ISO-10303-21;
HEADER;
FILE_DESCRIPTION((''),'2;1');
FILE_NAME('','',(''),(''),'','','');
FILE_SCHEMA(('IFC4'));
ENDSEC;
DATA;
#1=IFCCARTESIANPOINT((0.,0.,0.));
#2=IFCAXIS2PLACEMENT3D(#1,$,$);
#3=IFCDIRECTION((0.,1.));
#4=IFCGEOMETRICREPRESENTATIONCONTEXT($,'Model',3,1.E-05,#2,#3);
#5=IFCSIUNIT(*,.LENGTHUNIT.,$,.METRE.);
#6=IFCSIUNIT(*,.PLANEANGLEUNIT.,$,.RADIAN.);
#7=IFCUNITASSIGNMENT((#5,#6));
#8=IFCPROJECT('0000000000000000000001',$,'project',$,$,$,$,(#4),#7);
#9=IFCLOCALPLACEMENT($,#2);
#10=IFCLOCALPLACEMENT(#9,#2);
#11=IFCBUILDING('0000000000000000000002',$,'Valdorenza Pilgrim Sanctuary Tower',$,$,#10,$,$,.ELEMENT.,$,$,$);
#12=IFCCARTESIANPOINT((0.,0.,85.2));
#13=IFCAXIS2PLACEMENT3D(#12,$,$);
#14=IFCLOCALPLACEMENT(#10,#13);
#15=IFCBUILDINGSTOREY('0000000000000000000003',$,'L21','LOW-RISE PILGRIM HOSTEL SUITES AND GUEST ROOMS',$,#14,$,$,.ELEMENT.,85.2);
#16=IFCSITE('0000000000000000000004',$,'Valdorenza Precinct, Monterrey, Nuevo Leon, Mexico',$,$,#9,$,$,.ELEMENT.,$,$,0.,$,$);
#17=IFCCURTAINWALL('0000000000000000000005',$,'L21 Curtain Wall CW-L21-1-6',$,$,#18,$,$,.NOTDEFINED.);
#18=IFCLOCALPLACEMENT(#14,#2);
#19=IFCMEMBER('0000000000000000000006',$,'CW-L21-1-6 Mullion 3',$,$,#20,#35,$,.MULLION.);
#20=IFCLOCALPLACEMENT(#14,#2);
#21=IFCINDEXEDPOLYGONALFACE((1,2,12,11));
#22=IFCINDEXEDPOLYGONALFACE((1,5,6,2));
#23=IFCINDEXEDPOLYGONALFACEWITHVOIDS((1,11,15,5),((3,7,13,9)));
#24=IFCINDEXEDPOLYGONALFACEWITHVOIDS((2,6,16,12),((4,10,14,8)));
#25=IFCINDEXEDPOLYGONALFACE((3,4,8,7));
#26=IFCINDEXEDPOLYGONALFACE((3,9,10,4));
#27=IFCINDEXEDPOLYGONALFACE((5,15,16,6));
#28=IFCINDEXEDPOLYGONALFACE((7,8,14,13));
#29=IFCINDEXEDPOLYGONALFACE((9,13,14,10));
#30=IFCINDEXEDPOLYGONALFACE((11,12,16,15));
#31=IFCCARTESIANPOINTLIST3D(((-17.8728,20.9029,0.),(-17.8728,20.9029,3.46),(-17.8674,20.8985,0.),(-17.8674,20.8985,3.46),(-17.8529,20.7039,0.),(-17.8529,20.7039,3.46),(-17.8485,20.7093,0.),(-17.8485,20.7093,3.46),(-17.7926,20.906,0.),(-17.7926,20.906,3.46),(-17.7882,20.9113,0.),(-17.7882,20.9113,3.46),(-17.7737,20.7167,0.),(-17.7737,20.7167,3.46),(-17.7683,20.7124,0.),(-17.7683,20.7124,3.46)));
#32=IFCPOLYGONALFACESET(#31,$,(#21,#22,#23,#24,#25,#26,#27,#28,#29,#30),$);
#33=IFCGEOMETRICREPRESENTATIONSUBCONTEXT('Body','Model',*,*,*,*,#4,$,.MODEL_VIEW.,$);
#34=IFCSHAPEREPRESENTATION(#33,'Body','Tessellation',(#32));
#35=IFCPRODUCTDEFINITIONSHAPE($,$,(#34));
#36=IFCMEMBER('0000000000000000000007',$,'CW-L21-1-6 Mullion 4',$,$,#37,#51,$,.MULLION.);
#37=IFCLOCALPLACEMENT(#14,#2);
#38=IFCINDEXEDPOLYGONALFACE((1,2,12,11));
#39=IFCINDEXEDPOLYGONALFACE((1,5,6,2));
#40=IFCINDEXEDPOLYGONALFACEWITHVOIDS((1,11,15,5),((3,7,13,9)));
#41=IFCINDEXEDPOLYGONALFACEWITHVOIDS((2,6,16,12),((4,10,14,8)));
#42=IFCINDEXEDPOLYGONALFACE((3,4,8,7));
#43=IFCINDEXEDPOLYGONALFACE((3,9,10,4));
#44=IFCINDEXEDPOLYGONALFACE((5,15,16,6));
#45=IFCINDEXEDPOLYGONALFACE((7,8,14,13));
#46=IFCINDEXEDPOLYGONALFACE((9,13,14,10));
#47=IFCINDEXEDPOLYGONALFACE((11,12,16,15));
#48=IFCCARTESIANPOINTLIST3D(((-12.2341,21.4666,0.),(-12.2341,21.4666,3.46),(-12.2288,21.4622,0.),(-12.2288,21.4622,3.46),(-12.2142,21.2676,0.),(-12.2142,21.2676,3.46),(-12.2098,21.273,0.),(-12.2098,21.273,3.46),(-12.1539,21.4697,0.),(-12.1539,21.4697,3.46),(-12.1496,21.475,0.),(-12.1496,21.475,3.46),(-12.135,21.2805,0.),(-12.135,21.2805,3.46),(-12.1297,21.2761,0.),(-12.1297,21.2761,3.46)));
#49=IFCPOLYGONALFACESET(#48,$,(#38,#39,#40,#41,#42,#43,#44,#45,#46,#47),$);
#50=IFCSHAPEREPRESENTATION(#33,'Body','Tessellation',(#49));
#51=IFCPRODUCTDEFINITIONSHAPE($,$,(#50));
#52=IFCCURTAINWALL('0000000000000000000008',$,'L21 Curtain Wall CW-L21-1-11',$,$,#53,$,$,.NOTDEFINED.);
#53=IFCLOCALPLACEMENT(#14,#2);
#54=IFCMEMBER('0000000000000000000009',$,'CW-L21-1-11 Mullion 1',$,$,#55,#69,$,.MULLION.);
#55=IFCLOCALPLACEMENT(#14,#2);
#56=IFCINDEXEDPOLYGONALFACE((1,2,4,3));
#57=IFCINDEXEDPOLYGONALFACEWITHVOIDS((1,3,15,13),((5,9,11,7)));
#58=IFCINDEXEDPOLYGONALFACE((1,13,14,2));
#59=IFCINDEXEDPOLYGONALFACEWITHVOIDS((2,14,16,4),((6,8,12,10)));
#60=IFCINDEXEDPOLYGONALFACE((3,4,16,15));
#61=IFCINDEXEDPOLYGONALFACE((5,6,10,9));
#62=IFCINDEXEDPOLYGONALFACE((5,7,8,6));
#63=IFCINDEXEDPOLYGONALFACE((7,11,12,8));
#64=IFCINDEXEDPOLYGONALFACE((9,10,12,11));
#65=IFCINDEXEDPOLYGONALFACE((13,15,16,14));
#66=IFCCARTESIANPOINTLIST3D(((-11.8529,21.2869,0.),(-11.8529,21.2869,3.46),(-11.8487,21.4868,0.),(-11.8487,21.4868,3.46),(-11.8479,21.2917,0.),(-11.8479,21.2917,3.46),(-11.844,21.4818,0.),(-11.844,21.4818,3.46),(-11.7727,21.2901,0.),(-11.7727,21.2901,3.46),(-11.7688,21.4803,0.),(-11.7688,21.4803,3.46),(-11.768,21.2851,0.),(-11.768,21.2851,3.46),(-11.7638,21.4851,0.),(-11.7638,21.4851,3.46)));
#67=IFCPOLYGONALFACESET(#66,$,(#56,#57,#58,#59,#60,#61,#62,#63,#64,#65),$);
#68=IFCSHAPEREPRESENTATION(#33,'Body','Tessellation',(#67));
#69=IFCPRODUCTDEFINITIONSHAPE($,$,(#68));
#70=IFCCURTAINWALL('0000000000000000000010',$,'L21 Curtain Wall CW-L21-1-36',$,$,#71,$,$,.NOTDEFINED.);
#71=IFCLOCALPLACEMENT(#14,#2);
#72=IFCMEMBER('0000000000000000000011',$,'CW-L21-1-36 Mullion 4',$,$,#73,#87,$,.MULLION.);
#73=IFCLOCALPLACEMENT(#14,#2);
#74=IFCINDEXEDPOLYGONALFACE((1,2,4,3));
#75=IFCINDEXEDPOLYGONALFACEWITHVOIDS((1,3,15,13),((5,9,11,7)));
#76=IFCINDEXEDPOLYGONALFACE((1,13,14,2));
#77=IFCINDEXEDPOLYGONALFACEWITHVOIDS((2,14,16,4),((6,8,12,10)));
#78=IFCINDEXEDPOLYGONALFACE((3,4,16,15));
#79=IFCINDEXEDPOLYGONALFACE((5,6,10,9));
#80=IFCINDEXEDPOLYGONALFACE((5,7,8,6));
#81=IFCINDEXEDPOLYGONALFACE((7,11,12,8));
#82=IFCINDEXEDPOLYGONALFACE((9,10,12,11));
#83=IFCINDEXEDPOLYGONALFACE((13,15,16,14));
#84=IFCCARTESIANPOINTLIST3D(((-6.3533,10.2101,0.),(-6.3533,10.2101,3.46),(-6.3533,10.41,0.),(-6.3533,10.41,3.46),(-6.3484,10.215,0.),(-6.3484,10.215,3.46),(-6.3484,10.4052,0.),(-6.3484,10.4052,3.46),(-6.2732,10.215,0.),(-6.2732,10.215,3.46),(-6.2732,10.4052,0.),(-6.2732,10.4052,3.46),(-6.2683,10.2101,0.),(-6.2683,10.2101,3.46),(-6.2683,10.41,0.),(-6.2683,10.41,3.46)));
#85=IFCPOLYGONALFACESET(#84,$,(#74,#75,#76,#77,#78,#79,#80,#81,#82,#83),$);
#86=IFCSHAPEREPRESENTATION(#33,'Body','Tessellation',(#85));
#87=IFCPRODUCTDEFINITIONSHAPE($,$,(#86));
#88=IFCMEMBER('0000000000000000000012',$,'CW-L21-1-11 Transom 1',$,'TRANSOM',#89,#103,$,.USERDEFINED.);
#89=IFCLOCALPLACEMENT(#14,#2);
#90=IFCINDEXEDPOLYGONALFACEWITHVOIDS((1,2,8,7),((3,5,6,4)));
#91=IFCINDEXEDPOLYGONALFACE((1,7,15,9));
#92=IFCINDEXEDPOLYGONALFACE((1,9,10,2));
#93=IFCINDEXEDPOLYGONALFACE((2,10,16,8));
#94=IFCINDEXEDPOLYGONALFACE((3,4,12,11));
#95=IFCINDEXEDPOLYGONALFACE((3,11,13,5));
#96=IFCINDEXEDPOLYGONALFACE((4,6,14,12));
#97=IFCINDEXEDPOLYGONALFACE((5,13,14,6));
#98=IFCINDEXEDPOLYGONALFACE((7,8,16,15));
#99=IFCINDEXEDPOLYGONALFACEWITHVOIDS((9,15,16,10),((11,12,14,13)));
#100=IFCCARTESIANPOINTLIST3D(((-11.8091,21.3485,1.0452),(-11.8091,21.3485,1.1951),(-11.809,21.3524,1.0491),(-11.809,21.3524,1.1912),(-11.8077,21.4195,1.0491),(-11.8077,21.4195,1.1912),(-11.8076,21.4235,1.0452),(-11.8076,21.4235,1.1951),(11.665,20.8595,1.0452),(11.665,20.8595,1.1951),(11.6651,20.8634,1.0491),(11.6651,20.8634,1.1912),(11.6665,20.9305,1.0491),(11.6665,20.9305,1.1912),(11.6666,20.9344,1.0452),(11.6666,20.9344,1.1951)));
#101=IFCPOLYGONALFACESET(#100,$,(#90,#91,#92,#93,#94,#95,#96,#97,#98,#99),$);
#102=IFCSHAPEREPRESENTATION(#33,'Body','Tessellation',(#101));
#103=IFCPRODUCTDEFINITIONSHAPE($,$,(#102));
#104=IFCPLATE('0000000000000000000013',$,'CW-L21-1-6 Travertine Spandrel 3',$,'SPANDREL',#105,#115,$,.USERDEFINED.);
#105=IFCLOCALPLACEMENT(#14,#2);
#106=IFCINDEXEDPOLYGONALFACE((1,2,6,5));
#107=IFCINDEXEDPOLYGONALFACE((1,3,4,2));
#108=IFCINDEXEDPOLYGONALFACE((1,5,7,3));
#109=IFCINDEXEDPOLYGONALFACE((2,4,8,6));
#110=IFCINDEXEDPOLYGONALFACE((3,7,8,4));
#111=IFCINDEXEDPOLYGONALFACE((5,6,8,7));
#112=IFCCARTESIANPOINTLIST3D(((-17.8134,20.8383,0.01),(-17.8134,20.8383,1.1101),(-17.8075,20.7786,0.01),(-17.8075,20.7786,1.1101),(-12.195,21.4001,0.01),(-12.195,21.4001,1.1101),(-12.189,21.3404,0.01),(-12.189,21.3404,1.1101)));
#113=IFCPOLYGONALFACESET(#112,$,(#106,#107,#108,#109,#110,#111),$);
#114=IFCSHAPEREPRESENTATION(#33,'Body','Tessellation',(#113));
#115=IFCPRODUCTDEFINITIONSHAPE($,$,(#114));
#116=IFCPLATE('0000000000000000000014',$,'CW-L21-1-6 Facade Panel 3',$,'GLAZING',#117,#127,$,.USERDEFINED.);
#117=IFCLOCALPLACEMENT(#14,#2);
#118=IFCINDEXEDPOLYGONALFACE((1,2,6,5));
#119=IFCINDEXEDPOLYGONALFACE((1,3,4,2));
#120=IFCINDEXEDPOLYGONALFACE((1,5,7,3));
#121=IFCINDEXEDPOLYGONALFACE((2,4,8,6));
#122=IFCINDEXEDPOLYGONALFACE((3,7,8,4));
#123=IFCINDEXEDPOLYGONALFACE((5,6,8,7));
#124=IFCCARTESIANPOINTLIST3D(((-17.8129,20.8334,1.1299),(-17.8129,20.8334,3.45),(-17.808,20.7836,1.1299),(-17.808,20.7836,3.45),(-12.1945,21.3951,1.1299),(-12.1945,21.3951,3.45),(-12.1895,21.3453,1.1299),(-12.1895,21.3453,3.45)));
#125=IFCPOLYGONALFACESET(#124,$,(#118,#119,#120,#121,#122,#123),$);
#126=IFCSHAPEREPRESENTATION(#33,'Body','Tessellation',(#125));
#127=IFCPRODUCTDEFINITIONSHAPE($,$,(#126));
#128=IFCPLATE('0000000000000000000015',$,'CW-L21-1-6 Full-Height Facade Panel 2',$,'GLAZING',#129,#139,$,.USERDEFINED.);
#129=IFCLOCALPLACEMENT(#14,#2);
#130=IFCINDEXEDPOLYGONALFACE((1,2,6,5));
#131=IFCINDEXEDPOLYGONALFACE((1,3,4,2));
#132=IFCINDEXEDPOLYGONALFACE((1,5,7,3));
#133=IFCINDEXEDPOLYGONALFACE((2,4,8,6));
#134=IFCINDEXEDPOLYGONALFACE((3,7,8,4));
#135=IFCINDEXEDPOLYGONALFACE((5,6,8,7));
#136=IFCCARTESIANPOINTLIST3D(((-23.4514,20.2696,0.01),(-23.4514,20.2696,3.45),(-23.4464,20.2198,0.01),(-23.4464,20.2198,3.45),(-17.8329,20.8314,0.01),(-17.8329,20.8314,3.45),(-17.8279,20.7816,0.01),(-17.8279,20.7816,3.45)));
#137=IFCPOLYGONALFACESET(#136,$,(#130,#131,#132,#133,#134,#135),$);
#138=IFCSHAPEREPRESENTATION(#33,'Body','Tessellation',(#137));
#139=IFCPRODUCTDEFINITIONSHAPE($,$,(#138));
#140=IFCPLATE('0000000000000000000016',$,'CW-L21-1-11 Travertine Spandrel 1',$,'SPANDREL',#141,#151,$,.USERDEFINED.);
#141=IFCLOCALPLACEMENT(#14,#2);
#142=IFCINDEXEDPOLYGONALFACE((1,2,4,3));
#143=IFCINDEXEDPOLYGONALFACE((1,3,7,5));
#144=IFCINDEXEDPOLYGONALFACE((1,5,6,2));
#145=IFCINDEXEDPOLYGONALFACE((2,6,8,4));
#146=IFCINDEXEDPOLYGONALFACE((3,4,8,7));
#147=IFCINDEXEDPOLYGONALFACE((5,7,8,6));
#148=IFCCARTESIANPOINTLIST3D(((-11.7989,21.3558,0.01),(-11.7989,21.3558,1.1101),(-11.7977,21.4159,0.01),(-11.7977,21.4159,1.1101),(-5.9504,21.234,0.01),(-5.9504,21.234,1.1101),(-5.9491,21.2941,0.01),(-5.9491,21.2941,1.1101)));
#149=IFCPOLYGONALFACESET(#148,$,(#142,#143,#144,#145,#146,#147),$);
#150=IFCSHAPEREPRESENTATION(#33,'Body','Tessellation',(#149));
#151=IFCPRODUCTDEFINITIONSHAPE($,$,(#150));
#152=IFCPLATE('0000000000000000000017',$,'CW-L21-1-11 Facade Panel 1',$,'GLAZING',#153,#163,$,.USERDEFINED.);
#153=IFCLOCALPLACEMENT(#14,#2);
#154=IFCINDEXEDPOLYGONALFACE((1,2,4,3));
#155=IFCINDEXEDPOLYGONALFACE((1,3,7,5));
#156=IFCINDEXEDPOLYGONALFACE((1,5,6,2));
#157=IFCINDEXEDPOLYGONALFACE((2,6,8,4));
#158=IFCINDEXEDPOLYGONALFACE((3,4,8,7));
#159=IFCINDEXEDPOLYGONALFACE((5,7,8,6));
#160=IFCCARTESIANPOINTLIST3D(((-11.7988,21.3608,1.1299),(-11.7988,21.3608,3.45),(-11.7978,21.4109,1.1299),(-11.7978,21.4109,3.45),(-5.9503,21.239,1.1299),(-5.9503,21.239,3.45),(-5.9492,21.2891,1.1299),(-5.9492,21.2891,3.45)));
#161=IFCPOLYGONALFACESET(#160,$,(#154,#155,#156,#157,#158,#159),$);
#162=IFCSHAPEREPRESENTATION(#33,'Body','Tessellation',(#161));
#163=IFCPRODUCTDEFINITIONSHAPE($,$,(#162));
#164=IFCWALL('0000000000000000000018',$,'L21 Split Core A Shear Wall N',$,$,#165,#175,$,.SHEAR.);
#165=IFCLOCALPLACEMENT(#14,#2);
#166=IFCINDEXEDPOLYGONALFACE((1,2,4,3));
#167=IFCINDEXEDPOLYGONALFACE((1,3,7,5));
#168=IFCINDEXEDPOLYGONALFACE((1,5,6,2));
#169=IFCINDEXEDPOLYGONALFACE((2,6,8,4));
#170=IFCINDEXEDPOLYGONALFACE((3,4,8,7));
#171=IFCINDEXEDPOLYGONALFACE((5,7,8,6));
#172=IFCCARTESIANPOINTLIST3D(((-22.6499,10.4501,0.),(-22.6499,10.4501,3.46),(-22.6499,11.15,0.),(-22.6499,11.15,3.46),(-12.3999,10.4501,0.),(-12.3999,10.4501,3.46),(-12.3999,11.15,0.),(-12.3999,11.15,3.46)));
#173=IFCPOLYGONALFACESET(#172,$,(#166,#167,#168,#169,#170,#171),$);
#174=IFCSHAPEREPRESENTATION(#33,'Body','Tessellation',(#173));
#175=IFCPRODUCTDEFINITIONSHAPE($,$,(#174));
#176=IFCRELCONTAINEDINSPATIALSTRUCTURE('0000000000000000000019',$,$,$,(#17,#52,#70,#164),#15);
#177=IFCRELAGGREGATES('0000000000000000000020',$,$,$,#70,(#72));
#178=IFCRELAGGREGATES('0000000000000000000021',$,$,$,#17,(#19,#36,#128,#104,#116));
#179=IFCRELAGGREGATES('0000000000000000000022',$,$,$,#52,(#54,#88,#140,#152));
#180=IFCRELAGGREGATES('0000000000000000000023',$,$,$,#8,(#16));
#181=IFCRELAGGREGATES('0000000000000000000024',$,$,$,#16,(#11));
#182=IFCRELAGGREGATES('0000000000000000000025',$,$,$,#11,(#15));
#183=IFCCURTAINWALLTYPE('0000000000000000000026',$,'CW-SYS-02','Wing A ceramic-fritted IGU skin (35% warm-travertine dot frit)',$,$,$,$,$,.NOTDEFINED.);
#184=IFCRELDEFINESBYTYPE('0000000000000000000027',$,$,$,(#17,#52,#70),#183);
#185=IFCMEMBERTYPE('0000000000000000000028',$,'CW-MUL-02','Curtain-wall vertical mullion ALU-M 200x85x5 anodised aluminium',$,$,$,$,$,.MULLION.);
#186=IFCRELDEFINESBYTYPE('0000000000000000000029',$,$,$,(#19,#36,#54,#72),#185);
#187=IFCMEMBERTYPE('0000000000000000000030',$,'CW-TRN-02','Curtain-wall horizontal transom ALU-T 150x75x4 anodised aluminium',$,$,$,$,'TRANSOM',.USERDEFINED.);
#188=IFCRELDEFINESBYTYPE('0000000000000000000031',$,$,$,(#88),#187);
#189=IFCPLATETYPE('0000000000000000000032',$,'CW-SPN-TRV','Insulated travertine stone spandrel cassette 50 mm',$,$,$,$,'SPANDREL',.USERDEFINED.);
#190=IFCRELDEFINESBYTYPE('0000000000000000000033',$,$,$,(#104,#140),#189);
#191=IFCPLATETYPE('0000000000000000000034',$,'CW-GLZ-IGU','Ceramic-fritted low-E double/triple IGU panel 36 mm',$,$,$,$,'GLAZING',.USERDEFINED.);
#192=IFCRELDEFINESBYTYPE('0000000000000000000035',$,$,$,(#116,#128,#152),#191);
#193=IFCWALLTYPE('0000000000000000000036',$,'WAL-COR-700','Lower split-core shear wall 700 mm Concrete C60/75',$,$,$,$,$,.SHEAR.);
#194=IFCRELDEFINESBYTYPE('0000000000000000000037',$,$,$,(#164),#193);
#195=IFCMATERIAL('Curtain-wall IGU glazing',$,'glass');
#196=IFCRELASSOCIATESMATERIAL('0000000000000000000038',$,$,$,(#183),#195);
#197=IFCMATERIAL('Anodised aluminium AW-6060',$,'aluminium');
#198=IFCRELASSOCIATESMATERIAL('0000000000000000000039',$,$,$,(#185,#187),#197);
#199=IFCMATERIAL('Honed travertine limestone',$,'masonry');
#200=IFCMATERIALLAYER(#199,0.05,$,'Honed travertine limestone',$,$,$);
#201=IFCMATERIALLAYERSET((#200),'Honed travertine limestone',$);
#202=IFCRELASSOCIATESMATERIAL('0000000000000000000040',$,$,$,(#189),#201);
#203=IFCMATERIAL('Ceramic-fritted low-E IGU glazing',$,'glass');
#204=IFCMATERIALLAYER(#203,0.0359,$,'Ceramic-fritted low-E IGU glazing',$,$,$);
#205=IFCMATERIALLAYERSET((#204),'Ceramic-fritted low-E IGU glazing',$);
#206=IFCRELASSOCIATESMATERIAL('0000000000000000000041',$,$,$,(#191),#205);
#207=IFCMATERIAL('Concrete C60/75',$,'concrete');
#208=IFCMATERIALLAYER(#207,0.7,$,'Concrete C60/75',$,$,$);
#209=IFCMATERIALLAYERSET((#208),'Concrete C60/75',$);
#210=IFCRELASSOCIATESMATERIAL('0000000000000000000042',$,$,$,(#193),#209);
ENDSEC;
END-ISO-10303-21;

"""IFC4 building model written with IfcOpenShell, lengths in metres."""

from ifc_helpers import new_model, si_unit, direction, frame, frame_2d, origin, origin_2d, place, context, subcontext, project, spatial, rectangle, hollow_rectangle, extrude, source, transform, mapped, material, layer, layer_set, material_profile, profile_set, type_object, element, aggregate, save


model = new_model("IFC4")

# Units and contexts
model_context = context("Model", 3, precision=1e-05, world=origin(), true_north=direction((0.0, 1.0)))
body_context = subcontext(model_context, "Body", "Model", "MODEL_VIEW")
ifc_project = project(units=[si_unit("LENGTHUNIT", "METRE"), si_unit("PLANEANGLEUNIT", "RADIAN")], contexts=[model_context])

# Site, building, storey
site_placement = place(None, origin())
site = spatial("IfcSite", under=ifc_project, at=site_placement, Name="Valdorenza Precinct, Monterrey, Nuevo Leon, Mexico", CompositionType="ELEMENT", RefElevation=0.0)
building_placement = place(site_placement, origin())
building = spatial("IfcBuilding", under=site, at=building_placement, Name="Valdorenza Pilgrim Sanctuary Tower", CompositionType="ELEMENT")
storey_placement = place(building_placement, frame((0.0, 0.0, 85.2)))
storey = spatial("IfcBuildingStorey", under=building, at=storey_placement, Name="L21", Description="LOW-RISE PILGRIM HOSTEL SUITES AND GUEST ROOMS", CompositionType="ELEMENT", Elevation=85.2)

# Shared definitions
ifc_material_1 = material(Name="Concrete C60/75", Category="concrete")

# Curtain wall, members
ifc_material_2 = material(Name="Curtain-wall IGU glazing", Category="glass")
curtain_wall_type = type_object("IfcCurtainWallType", Name="CW-SYS-02", Description="Wing A ceramic-fritted IGU skin (35% warm-travertine dot frit)", PredefinedType="NOTDEFINED", material=ifc_material_2)
curtain_wall_1_placement = place(storey_placement, origin())
curtain_wall_1 = element("IfcCurtainWall", 1, at=curtain_wall_1_placement, inside=storey, type_object=curtain_wall_type, Name="L21 Curtain Wall CW-L21-1-6", PredefinedType="NOTDEFINED")
ifc_material_3 = material(Name="Anodised aluminium AW-6060", Category="aluminium")
ifc_material_profile_1 = material_profile(ifc_material_3, hollow_rectangle(XDim=0.085, YDim=0.2, WallThickness=0.0049, at=origin_2d()), Name="ALU-M 200x85x5")
ifc_profile_set_1 = profile_set([ifc_material_profile_1], Name="Anodised aluminium AW-6060")
member_type_1 = type_object("IfcMemberType", Name="CW-MUL-02", Description="Curtain-wall vertical mullion ALU-M 200x85x5 anodised aluminium", PredefinedType="MULLION", material=ifc_profile_set_1)
shared_shape_1 = source(origin(), body_context, "Body", "SweptSolid", [
    extrude(hollow_rectangle(XDim=0.085, YDim=0.2, WallThickness=0.0049, at=origin_2d()), origin(), (0.0, 0.0, 1.0), 3.46),
])
member_1_placement = place(storey_placement, frame((-17.8206, 20.8076, 0.0), z_axis=(0.0, 0.0, 1.0), x_axis=(0.995038, 0.099493, 0.0)))
member_1 = element("IfcMember", 2, at=member_1_placement, type_object=member_type_1, Name="CW-L21-1-6 Mullion 3", PredefinedType="MULLION", context=body_context, shape_type="MappedRepresentation", body=[
    mapped(shared_shape_1, transform((0.0, 0.0, 0.0), x_axis=(1.0, 0.0, 0.0), y_axis=(0.0, 1.0, 0.0), z_axis=(0.0, 0.0, 1.0), scale=1.0)),
])
member_2_placement = place(storey_placement, frame((-12.1819, 21.3713, 0.0), z_axis=(0.0, 0.0, 1.0), x_axis=(0.995038, 0.099493, 0.0)))
member_2 = element("IfcMember", 3, at=member_2_placement, type_object=member_type_1, Name="CW-L21-1-6 Mullion 4", PredefinedType="MULLION", context=body_context, shape_type="MappedRepresentation", body=[
    mapped(shared_shape_1, transform((0.0, 0.0, 0.0), x_axis=(1.0, 0.0, 0.0), y_axis=(0.0, 1.0, 0.0), z_axis=(0.0, 0.0, 1.0), scale=1.0)),
])

# Curtain walls, members
curtain_wall_2_placement = place(storey_placement, origin())
curtain_wall_2 = element("IfcCurtainWall", 4, at=curtain_wall_2_placement, inside=storey, type_object=curtain_wall_type, Name="L21 Curtain Wall CW-L21-1-11", PredefinedType="NOTDEFINED")
member_3_placement = place(storey_placement, frame((-11.8083, 21.386, 0.0), z_axis=(0.0, 0.0, 1.0), x_axis=(0.999783, -0.02082, 0.0)))
member_3 = element("IfcMember", 5, at=member_3_placement, type_object=member_type_1, Name="CW-L21-1-11 Mullion 1", PredefinedType="MULLION", context=body_context, shape_type="MappedRepresentation", body=[
    mapped(shared_shape_1, transform((0.0, 0.0, 0.0), x_axis=(1.0, 0.0, 0.0), y_axis=(0.0, 1.0, 0.0), z_axis=(0.0, 0.0, 1.0), scale=1.0)),
])
curtain_wall_3_placement = place(storey_placement, origin())
curtain_wall_3 = element("IfcCurtainWall", 6, at=curtain_wall_3_placement, inside=storey, type_object=curtain_wall_type, Name="L21 Curtain Wall CW-L21-1-36", PredefinedType="NOTDEFINED")
member_4_placement = place(storey_placement, frame((-6.3108, 10.3101, 0.0), z_axis=(0.0, 0.0, 1.0), x_axis=(-1.0, 0.0, 0.0)))
member_4 = element("IfcMember", 7, at=member_4_placement, type_object=member_type_1, Name="CW-L21-1-36 Mullion 4", PredefinedType="MULLION", context=body_context, shape_type="MappedRepresentation", body=[
    mapped(shared_shape_1, transform((0.0, 0.0, 0.0), x_axis=(1.0, 0.0, 0.0), y_axis=(0.0, 1.0, 0.0), z_axis=(0.0, 0.0, 1.0), scale=1.0)),
])
aggregate(curtain_wall_3, [member_4])

# Member
ifc_material_profile_2 = material_profile(ifc_material_3, hollow_rectangle(XDim=0.075, YDim=0.1499, WallThickness=0.0039, at=origin_2d()), Name="ALU-T 150x75x4")
ifc_profile_set_2 = profile_set([ifc_material_profile_2], Name="Anodised aluminium AW-6060")
member_type_2 = type_object("IfcMemberType", Name="CW-TRN-02", Description="Curtain-wall horizontal transom ALU-T 150x75x4 anodised aluminium", ElementType="TRANSOM", PredefinedType="USERDEFINED", material=ifc_profile_set_2)
shared_shape_2 = source(origin(), body_context, "Body", "SweptSolid", [
    extrude(hollow_rectangle(XDim=0.075, YDim=0.1499, WallThickness=0.0039, at=origin_2d()), origin(), (0.0, 0.0, 1.0), 23.4792),
])
member_5_placement = place(storey_placement, frame((-11.8083, 21.386, 1.1201), z_axis=(0.999783, -0.020828, 0.0), x_axis=(0.020828, 0.999783, 0.0)))
member_5 = element("IfcMember", 8, at=member_5_placement, type_object=member_type_2, Name="CW-L21-1-11 Transom 1", ObjectType="TRANSOM", PredefinedType="USERDEFINED", context=body_context, shape_type="MappedRepresentation", body=[
    mapped(shared_shape_2, transform((0.0, 0.0, 0.0), x_axis=(1.0, 0.0, 0.0), y_axis=(0.0, 1.0, 0.0), z_axis=(0.0, 0.0, 1.0), scale=1.0)),
])

# Plates
ifc_material_4 = material(Name="Honed travertine limestone", Category="masonry")
ifc_layer_1 = layer(ifc_material_4, 0.05, Name="Honed travertine limestone")
ifc_layer_set_1 = layer_set([ifc_layer_1], Name="Honed travertine limestone")
plate_type_1 = type_object("IfcPlateType", Name="CW-SPN-TRV", Description="Insulated travertine stone spandrel cassette 50 mm", ElementType="SPANDREL", PredefinedType="USERDEFINED", material=ifc_layer_set_1)
shared_shape_3 = source(origin(), body_context, "Body", "SweptSolid", [
    extrude(rectangle(XDim=5.6465, YDim=0.0601, at=origin_2d()), origin(), (0.0, 0.0, 1.0), 1.1001),
])
plate_1_placement = place(storey_placement, frame((-15.0012, 21.0894, 0.01), z_axis=(0.0, 0.0, 1.0), x_axis=(0.995038, 0.099493, 0.0)))
plate_1 = element("IfcPlate", 9, at=plate_1_placement, type_object=plate_type_1, Name="CW-L21-1-6 Travertine Spandrel 3", ObjectType="SPANDREL", PredefinedType="USERDEFINED", context=body_context, shape_type="MappedRepresentation", body=[
    mapped(shared_shape_3, transform((0.0, 0.0, 0.0), x_axis=(1.0, 0.0, 0.0), y_axis=(0.0, 1.0, 0.0), z_axis=(0.0, 0.0, 1.0), scale=1.0)),
])
ifc_material_5 = material(Name="Ceramic-fritted low-E IGU glazing", Category="glass")
ifc_layer_2 = layer(ifc_material_5, 0.0359, Name="Ceramic-fritted low-E IGU glazing")
ifc_layer_set_2 = layer_set([ifc_layer_2], Name="Ceramic-fritted low-E IGU glazing")
plate_type_2 = type_object("IfcPlateType", Name="CW-GLZ-IGU", Description="Ceramic-fritted low-E double/triple IGU panel 36 mm", ElementType="GLAZING", PredefinedType="USERDEFINED", material=ifc_layer_set_2)
shared_shape_4 = source(origin(), body_context, "Body", "SweptSolid", [
    extrude(rectangle(XDim=5.6465, YDim=0.05, at=origin_2d()), origin(), (0.0, 0.0, 1.0), 2.3201),
])
plate_2_placement = place(storey_placement, frame((-15.0012, 21.0894, 1.1299), z_axis=(0.0, 0.0, 1.0), x_axis=(0.995038, 0.099493, 0.0)))
plate_2 = element("IfcPlate", 10, at=plate_2_placement, type_object=plate_type_2, Name="CW-L21-1-6 Facade Panel 3", ObjectType="GLAZING", PredefinedType="USERDEFINED", context=body_context, shape_type="MappedRepresentation", body=[
    mapped(shared_shape_4, transform((0.0, 0.0, 0.0), x_axis=(1.0, 0.0, 0.0), y_axis=(0.0, 1.0, 0.0), z_axis=(0.0, 0.0, 1.0), scale=1.0)),
])
shared_shape_5 = source(origin(), body_context, "Body", "SweptSolid", [
    extrude(rectangle(XDim=5.6465, YDim=0.05, at=origin_2d()), origin(), (0.0, 0.0, 1.0), 3.4399),
])
plate_3_placement = place(storey_placement, frame((-20.6396, 20.5256, 0.01), z_axis=(0.0, 0.0, 1.0), x_axis=(0.995038, 0.099493, 0.0)))
plate_3 = element("IfcPlate", 11, at=plate_3_placement, type_object=plate_type_2, Name="CW-L21-1-6 Full-Height Facade Panel 2", ObjectType="GLAZING", PredefinedType="USERDEFINED", context=body_context, shape_type="MappedRepresentation", body=[
    mapped(shared_shape_5, transform((0.0, 0.0, 0.0), x_axis=(1.0, 0.0, 0.0), y_axis=(0.0, 1.0, 0.0), z_axis=(0.0, 0.0, 1.0), scale=1.0)),
])
aggregate(curtain_wall_1, [member_1, member_2, plate_3, plate_1, plate_2])
shared_shape_6 = source(origin(), body_context, "Body", "SweptSolid", [
    extrude(rectangle(XDim=5.8499, YDim=0.0601, at=origin_2d()), origin(), (0.0, 0.0, 1.0), 1.1001),
])
plate_4_placement = place(storey_placement, frame((-8.874, 21.325, 0.01), z_axis=(0.0, 0.0, 1.0), x_axis=(0.999783, -0.02082, 0.0)))
plate_4 = element("IfcPlate", 12, at=plate_4_placement, type_object=plate_type_1, Name="CW-L21-1-11 Travertine Spandrel 1", ObjectType="SPANDREL", PredefinedType="USERDEFINED", context=body_context, shape_type="MappedRepresentation", body=[
    mapped(shared_shape_6, transform((0.0, 0.0, 0.0), x_axis=(1.0, 0.0, 0.0), y_axis=(0.0, 1.0, 0.0), z_axis=(0.0, 0.0, 1.0), scale=1.0)),
])
shared_shape_7 = source(origin(), body_context, "Body", "SweptSolid", [
    extrude(rectangle(XDim=5.8499, YDim=0.05, at=origin_2d()), origin(), (0.0, 0.0, 1.0), 2.3201),
])
plate_5_placement = place(storey_placement, frame((-8.874, 21.325, 1.1299), z_axis=(0.0, 0.0, 1.0), x_axis=(0.999783, -0.02082, 0.0)))
plate_5 = element("IfcPlate", 13, at=plate_5_placement, type_object=plate_type_2, Name="CW-L21-1-11 Facade Panel 1", ObjectType="GLAZING", PredefinedType="USERDEFINED", context=body_context, shape_type="MappedRepresentation", body=[
    mapped(shared_shape_7, transform((0.0, 0.0, 0.0), x_axis=(1.0, 0.0, 0.0), y_axis=(0.0, 1.0, 0.0), z_axis=(0.0, 0.0, 1.0), scale=1.0)),
])
aggregate(curtain_wall_2, [member_3, member_5, plate_4, plate_5])

# Wall
ifc_layer_3 = layer(ifc_material_1, 0.7, Name="Concrete C60/75")
ifc_layer_set_3 = layer_set([ifc_layer_3], Name="Concrete C60/75")
wall_type_1 = type_object("IfcWallType", Name="WAL-COR-700", Description="Lower split-core shear wall 700 mm Concrete C60/75", PredefinedType="SHEAR", material=ifc_layer_set_3)
wall_1_placement = place(storey_placement, frame((-22.6499, 10.8, 0.0), z_axis=(0.0, 0.0, 1.0), x_axis=(1.0, 0.0, 0.0)))
element("IfcWall", 14, at=wall_1_placement, inside=storey, type_object=wall_type_1, Name="L21 Split Core A Shear Wall N", PredefinedType="SHEAR", context=body_context, shape_type="SweptSolid", body=[
    extrude(rectangle(XDim=10.25, YDim=0.7, at=frame_2d((5.125, 0.0))), origin(), (0.0, 0.0, 1.0), 3.46),
])

save(model, "model.ifc")
